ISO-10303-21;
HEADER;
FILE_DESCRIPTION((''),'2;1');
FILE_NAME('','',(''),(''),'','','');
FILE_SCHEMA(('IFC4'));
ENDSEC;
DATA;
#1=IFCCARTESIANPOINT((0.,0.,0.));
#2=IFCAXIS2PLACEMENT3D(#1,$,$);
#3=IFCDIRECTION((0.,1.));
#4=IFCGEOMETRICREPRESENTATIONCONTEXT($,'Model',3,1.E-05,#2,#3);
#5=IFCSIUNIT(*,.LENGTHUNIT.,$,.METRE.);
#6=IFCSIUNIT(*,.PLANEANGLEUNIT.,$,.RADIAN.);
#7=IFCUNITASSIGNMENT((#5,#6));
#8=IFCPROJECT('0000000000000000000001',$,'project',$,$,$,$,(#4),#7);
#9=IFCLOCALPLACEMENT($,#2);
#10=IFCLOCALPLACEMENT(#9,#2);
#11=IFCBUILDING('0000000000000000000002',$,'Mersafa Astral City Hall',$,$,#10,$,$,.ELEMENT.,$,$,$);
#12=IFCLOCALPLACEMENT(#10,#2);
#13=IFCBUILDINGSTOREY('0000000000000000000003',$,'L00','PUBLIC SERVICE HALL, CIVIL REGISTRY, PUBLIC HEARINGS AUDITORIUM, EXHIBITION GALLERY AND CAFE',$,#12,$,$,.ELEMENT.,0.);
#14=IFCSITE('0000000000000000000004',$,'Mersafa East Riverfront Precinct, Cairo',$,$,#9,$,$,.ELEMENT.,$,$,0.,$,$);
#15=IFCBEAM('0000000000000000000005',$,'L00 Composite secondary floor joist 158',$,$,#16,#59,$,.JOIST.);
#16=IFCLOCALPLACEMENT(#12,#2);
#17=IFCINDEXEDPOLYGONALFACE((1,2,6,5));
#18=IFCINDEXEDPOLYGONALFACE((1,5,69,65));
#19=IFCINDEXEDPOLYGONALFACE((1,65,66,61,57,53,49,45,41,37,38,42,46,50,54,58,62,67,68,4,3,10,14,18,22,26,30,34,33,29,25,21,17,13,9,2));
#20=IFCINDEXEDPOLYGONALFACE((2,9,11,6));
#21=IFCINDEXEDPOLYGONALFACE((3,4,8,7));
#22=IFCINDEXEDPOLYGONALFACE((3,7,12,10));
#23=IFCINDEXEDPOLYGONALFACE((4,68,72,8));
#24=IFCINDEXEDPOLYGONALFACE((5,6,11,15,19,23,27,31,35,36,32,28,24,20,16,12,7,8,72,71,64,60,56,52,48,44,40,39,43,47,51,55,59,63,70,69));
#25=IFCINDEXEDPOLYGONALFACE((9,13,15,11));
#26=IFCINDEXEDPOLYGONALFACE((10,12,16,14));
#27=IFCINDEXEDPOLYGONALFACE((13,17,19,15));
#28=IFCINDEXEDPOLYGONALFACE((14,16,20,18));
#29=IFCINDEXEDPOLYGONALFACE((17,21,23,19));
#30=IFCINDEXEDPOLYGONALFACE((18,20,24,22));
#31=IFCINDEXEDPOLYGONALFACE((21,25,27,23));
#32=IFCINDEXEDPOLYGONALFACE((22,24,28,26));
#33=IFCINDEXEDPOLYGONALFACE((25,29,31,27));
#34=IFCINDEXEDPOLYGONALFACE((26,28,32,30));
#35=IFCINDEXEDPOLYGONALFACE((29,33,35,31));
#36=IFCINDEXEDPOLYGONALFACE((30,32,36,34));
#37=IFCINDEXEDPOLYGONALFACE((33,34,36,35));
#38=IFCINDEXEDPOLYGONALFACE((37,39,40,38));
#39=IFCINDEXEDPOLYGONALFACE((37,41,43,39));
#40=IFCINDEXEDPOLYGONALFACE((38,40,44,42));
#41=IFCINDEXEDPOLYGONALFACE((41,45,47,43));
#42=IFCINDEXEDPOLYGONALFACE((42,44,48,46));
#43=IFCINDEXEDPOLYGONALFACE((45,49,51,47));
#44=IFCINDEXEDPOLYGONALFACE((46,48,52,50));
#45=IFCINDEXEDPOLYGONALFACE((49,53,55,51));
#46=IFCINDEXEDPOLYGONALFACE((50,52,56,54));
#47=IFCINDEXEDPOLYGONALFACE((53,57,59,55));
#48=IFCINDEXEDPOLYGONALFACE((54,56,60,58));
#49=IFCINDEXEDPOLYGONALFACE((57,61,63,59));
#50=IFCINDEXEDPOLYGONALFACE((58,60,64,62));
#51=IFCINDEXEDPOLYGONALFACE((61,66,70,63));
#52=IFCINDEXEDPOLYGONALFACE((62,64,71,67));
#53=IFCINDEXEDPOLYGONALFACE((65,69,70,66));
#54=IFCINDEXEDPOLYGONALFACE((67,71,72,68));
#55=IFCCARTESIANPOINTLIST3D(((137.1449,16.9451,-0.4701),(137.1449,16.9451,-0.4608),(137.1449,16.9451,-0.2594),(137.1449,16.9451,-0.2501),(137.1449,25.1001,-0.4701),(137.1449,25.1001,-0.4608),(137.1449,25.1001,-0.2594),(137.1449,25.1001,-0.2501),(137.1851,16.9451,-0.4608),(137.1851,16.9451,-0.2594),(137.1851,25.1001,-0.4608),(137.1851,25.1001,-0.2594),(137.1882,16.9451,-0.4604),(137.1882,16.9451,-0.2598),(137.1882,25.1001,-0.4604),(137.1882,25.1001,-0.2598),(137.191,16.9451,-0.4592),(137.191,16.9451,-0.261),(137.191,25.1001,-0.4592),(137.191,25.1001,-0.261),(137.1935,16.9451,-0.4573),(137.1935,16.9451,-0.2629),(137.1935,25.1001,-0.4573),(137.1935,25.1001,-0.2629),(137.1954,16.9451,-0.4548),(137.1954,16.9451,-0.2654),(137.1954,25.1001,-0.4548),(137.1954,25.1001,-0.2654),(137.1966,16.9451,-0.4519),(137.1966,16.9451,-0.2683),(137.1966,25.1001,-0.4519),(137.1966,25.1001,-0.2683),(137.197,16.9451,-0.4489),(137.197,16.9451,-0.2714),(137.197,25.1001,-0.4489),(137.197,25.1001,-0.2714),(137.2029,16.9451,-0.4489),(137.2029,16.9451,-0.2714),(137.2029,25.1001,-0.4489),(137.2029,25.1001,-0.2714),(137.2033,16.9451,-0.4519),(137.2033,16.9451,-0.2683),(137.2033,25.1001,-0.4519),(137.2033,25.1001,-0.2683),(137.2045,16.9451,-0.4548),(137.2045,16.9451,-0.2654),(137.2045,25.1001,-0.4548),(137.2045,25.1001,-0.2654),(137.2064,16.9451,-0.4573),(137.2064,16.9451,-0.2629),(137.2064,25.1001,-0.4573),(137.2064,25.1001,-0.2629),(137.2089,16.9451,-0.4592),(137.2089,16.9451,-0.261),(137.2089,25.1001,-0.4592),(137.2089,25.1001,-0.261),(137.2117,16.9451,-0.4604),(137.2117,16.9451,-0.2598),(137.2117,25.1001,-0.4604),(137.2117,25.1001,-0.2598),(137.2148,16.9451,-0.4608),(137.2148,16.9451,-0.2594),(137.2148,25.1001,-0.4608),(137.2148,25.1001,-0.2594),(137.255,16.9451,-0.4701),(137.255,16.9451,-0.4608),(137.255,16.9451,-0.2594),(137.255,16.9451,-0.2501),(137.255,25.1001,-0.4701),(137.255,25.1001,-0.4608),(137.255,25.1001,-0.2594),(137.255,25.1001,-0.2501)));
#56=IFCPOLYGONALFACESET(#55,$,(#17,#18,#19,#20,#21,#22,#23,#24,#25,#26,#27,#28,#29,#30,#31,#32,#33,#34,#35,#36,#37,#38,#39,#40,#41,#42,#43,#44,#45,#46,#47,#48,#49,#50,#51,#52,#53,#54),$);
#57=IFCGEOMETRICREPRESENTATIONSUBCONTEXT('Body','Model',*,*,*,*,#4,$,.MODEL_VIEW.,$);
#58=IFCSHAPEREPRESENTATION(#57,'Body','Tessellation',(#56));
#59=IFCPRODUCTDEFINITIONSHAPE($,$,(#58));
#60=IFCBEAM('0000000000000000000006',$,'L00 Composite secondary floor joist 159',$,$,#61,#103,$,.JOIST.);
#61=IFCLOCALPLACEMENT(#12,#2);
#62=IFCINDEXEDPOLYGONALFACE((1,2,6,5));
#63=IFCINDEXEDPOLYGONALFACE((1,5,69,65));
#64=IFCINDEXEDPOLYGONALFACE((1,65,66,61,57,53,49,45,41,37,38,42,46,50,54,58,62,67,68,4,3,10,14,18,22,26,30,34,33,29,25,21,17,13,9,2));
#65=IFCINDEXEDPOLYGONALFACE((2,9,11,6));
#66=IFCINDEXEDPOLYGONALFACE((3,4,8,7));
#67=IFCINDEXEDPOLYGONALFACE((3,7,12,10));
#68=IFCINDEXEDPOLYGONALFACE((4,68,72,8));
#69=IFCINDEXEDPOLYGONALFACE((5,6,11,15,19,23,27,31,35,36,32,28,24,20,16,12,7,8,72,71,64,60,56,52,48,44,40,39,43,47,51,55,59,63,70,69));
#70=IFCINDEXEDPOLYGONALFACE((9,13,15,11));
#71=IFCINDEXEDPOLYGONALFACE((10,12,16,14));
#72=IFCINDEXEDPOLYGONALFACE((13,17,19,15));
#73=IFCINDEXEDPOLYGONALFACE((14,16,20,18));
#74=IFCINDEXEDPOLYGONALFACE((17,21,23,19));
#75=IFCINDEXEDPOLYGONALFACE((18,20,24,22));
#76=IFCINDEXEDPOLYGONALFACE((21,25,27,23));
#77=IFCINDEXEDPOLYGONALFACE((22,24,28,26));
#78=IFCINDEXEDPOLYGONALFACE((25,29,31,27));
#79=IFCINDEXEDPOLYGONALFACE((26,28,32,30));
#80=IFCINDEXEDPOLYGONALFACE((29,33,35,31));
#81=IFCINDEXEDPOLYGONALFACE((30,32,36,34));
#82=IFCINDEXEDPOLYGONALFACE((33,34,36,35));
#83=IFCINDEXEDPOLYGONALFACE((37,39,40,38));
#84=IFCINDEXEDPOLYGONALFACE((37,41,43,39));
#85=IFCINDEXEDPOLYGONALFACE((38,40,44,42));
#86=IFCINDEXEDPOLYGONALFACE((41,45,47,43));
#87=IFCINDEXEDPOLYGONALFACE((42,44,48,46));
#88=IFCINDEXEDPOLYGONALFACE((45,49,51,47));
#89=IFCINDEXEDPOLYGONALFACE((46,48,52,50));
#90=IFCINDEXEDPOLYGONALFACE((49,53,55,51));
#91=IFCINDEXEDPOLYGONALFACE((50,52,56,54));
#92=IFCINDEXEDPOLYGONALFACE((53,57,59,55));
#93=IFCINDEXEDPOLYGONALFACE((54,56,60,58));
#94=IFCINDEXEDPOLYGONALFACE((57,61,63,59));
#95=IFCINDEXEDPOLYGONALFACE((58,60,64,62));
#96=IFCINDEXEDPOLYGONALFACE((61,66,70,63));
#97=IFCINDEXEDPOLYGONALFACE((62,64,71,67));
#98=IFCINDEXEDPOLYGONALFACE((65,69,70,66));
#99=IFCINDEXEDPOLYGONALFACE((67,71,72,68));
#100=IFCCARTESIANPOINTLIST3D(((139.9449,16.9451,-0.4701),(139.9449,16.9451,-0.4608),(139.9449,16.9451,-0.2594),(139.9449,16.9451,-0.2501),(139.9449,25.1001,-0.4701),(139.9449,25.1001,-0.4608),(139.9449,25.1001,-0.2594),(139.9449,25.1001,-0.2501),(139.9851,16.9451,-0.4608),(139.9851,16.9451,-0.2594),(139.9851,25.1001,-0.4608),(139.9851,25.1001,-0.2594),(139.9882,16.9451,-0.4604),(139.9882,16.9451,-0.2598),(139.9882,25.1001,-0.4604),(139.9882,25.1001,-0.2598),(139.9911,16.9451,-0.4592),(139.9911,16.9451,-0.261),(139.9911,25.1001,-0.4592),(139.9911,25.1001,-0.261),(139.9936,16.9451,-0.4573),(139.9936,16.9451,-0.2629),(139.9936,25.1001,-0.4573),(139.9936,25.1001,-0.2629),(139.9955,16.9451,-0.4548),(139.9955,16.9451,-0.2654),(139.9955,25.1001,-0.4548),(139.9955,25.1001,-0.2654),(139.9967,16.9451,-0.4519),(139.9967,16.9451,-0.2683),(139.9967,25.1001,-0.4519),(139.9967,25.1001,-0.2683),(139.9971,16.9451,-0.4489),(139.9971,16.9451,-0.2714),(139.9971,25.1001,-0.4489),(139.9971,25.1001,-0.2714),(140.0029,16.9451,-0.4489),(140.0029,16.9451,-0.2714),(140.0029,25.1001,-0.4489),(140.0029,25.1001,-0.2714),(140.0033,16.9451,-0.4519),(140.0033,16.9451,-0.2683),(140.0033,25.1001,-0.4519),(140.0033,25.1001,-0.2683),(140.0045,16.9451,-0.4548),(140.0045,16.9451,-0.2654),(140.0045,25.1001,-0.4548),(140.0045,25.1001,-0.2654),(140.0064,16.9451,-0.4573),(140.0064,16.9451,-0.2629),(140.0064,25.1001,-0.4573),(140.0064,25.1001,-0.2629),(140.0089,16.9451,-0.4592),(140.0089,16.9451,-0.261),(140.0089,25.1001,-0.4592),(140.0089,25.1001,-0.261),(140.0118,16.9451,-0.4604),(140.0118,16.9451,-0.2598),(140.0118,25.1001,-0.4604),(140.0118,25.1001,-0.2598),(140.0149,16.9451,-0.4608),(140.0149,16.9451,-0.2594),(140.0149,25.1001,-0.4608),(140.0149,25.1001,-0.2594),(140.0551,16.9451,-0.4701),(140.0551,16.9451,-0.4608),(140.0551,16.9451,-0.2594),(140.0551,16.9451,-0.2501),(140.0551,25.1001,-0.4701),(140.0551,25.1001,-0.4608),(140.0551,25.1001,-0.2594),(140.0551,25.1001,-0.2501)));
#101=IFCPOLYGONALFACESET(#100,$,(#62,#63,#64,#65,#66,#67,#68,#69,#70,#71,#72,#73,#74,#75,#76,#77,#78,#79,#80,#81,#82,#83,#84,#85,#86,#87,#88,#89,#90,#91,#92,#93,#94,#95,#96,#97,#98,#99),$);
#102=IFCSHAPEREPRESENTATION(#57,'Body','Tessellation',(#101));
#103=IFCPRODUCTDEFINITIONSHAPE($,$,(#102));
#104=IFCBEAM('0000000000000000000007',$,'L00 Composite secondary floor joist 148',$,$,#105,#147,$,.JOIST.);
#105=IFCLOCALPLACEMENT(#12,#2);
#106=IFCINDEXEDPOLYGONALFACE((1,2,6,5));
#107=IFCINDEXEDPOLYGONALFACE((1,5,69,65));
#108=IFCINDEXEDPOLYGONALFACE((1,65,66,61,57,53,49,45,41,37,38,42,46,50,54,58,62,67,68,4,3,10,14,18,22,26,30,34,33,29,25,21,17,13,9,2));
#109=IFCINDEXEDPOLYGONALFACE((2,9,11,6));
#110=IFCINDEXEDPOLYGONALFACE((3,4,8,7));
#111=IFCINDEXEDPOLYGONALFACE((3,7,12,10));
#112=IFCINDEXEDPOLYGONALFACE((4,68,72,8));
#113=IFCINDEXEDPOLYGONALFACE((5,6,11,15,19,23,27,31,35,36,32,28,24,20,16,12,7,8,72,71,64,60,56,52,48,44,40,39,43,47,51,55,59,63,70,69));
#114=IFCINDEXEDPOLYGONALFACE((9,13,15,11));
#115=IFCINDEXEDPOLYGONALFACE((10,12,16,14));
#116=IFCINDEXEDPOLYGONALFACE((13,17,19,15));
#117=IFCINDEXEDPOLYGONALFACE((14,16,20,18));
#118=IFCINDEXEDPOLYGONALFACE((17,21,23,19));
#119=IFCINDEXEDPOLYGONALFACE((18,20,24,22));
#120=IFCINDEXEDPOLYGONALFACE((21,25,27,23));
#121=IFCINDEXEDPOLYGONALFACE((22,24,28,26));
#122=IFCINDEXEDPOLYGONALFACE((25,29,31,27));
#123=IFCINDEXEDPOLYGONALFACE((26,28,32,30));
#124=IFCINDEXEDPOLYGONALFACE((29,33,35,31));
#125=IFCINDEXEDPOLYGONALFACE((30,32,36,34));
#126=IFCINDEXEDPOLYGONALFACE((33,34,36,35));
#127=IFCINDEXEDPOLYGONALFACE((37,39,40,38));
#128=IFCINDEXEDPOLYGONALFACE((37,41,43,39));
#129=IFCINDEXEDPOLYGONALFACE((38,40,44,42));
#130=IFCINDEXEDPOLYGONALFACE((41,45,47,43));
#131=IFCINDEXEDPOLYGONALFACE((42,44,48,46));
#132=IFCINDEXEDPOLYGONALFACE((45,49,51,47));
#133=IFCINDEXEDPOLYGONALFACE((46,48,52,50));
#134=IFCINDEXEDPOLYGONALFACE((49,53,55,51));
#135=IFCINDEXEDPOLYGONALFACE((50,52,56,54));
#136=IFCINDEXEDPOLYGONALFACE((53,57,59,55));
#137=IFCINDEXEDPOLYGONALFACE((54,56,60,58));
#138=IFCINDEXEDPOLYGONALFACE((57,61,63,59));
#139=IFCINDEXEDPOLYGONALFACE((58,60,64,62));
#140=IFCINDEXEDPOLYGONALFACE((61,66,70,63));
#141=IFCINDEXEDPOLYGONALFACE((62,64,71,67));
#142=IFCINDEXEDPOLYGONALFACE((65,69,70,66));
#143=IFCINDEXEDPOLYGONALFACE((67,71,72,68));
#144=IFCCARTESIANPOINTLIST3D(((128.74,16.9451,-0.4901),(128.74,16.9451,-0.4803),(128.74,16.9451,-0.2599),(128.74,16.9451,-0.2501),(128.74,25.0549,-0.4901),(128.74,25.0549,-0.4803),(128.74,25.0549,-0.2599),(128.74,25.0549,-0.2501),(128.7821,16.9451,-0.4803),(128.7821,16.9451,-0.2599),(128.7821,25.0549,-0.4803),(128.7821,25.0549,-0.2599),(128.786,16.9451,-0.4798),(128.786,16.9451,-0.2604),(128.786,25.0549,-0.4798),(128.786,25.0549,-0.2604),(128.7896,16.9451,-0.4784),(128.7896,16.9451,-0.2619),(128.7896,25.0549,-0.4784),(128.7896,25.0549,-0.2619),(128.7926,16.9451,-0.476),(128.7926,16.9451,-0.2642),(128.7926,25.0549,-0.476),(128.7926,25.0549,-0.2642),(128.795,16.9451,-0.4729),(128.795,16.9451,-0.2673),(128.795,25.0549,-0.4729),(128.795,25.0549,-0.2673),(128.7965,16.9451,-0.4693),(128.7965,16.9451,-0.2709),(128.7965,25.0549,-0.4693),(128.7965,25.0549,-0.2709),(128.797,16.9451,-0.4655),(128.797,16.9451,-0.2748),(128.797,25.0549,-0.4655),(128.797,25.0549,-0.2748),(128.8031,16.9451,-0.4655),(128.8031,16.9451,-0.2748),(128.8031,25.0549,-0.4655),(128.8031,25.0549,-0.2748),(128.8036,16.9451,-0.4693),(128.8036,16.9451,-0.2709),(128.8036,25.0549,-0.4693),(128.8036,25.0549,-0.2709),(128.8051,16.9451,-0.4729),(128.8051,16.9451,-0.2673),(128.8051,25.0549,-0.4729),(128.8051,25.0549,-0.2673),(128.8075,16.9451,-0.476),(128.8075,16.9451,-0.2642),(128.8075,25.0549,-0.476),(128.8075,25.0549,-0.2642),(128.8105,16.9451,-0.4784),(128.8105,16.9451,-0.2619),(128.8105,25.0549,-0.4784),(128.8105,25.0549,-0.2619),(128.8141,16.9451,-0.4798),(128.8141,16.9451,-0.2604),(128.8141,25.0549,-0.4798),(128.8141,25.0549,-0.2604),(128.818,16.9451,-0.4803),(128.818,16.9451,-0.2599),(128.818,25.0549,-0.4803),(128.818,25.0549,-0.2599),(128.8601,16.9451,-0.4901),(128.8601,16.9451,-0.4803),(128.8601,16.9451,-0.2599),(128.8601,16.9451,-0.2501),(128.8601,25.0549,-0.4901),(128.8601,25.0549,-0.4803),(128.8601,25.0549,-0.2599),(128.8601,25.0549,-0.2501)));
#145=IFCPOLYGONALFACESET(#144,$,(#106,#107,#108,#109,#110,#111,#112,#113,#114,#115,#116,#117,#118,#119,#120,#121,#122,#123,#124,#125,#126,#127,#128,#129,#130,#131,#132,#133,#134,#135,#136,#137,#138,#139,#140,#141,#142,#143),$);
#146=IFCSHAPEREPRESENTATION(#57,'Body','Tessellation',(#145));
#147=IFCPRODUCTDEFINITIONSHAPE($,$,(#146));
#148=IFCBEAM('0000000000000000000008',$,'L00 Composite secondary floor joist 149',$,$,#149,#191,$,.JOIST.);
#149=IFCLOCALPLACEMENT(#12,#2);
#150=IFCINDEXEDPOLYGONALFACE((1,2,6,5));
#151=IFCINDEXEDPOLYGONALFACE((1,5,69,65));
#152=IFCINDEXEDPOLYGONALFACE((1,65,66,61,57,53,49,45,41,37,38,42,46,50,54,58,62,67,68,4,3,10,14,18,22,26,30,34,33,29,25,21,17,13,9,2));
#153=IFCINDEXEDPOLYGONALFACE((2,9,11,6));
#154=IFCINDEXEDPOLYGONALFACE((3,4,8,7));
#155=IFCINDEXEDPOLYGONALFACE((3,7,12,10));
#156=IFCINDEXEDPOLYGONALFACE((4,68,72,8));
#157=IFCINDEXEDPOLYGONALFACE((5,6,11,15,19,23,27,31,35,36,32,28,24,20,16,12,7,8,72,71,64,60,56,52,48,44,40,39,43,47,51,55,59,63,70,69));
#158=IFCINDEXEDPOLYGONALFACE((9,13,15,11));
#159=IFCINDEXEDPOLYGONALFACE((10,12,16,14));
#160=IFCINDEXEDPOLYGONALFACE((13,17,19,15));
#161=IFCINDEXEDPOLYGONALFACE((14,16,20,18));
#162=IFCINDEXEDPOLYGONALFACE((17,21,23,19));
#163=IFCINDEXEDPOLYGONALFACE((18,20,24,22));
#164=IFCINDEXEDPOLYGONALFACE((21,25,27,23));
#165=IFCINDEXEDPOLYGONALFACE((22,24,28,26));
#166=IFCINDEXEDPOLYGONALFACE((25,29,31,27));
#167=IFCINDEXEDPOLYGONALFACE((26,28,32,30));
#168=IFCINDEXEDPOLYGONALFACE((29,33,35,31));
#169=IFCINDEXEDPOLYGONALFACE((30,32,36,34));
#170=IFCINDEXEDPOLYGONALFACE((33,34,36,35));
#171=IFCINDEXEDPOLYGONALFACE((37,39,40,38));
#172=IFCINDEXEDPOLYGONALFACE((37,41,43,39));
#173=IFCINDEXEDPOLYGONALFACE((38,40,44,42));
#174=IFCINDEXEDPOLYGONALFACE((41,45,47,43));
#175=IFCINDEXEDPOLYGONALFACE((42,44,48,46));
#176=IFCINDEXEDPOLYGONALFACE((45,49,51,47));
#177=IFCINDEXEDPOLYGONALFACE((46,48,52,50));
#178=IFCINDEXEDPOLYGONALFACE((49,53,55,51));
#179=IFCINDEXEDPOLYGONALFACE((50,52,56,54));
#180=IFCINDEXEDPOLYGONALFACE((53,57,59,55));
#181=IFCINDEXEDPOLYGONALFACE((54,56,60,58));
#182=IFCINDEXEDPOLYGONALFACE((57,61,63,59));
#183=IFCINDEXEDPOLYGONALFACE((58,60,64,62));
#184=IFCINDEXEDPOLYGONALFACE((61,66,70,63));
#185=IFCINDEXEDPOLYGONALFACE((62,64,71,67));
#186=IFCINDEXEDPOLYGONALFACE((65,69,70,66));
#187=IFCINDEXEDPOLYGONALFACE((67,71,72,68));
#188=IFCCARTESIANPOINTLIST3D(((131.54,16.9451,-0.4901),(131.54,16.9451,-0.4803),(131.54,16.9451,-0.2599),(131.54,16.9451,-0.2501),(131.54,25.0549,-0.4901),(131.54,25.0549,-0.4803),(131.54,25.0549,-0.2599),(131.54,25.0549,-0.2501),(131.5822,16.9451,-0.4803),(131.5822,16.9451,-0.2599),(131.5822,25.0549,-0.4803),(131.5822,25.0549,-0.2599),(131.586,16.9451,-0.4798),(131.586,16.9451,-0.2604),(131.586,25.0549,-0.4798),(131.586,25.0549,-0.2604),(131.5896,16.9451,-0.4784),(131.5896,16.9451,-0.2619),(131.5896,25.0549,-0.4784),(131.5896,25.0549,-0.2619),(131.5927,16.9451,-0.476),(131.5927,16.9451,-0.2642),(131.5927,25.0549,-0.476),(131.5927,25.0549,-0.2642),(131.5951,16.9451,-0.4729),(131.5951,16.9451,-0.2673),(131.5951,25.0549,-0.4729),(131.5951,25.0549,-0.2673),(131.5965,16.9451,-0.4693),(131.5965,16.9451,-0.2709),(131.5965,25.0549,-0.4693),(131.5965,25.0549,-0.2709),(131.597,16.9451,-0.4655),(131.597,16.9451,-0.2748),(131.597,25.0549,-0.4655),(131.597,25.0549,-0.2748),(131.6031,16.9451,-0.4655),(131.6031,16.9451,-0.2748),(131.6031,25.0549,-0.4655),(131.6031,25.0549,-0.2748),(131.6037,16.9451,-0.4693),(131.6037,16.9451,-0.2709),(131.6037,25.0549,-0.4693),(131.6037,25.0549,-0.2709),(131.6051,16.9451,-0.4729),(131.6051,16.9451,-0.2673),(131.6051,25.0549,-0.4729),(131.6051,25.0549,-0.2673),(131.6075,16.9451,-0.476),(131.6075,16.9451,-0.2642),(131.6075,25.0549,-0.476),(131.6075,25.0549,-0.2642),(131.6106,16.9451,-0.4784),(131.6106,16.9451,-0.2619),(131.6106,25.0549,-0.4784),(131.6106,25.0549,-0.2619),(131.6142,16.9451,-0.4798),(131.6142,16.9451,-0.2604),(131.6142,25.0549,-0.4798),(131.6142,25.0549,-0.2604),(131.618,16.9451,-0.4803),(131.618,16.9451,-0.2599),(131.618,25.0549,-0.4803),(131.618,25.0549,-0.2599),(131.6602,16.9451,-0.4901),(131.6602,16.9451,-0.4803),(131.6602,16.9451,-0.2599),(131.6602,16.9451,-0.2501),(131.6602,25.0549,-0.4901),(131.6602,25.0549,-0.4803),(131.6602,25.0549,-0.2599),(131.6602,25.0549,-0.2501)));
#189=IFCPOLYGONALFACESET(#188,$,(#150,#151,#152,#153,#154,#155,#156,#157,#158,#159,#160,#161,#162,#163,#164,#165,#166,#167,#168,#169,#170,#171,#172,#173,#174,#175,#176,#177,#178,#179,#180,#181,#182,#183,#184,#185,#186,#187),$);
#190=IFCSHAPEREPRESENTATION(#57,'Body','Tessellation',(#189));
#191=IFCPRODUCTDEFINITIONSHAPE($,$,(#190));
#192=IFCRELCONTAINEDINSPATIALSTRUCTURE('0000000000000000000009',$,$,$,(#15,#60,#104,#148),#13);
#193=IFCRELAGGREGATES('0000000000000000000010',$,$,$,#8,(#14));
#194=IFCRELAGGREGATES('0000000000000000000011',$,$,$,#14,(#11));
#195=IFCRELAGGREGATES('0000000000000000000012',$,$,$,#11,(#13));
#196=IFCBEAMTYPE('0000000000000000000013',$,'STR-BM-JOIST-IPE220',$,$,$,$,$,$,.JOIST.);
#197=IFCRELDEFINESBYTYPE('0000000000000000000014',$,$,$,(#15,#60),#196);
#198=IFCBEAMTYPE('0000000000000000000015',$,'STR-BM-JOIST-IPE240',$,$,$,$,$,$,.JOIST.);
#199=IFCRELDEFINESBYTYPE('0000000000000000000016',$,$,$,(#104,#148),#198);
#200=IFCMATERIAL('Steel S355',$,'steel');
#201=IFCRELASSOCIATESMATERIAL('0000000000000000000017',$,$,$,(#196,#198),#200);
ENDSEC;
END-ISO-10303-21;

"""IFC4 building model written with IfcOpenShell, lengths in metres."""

from ifc_helpers import new_model, si_unit, direction, frame, origin, origin_2d, place, context, subcontext, project, spatial, i_section, extrude, material, material_profile, profile_set, type_object, element, save


model = new_model("IFC4")

# Units and contexts
model_context = context("Model", 3, precision=1e-05, world=origin(), true_north=direction((0.0, 1.0)))
body_context = subcontext(model_context, "Body", "Model", "MODEL_VIEW")
ifc_project = project(units=[si_unit("LENGTHUNIT", "METRE"), si_unit("PLANEANGLEUNIT", "RADIAN")], contexts=[model_context])

# Site, building, storey
site_placement = place(None, origin())
site = spatial("IfcSite", under=ifc_project, at=site_placement, Name="Mersafa East Riverfront Precinct, Cairo", CompositionType="ELEMENT", RefElevation=0.0)
building_placement = place(site_placement, origin())
building = spatial("IfcBuilding", under=site, at=building_placement, Name="Mersafa Astral City Hall", CompositionType="ELEMENT")
storey_placement = place(building_placement, origin())
storey = spatial("IfcBuildingStorey", under=building, at=storey_placement, Name="L00", Description="PUBLIC SERVICE HALL, CIVIL REGISTRY, PUBLIC HEARINGS AUDITORIUM, EXHIBITION GALLERY AND CAFE", CompositionType="ELEMENT", Elevation=0.0)

# Shared definitions
ifc_material_1 = material(Name="Steel S355", Category="steel")

# Beams
ifc_material_profile_1 = material_profile(ifc_material_1, i_section(OverallWidth=0.1101, OverallDepth=0.22, WebThickness=0.0059, FlangeThickness=0.0093, FilletRadius=0.012, at=origin_2d()), Name="IPE 220")
ifc_profile_set_1 = profile_set([ifc_material_profile_1], Name="Steel S355")
beam_type_1 = type_object("IfcBeamType", Name="STR-BM-JOIST-IPE220", PredefinedType="JOIST", material=ifc_profile_set_1)
for number, where, z_axis, x_axis, name in (
    (1, (137.2, 16.9451, -0.3601), (0.0, 1.0, 0.0), (-1.0, 0.0, 0.0), "L00 Composite secondary floor joist 158"),
    (2, (140.0, 16.9451, -0.3601), (0.0, 1.0, 0.0), (-1.0, 0.0, 0.0), "L00 Composite secondary floor joist 159"),
):
    element("IfcBeam", number, at=place(storey_placement, frame(where, z_axis=z_axis, x_axis=x_axis)), inside=storey, type_object=beam_type_1, Name=name, PredefinedType="JOIST", context=body_context, shape_type="SweptSolid", body=[
        extrude(i_section(OverallWidth=0.1101, OverallDepth=0.22, WebThickness=0.0059, FlangeThickness=0.0093, FilletRadius=0.012, at=origin_2d()), origin(), (0.0, 0.0, 1.0), 8.155),
    ])
ifc_material_profile_2 = material_profile(ifc_material_1, i_section(OverallWidth=0.1201, OverallDepth=0.24, WebThickness=0.0061, FlangeThickness=0.0098, FilletRadius=0.0149, at=origin_2d()), Name="IPE 240")
ifc_profile_set_2 = profile_set([ifc_material_profile_2], Name="Steel S355")
beam_type_2 = type_object("IfcBeamType", Name="STR-BM-JOIST-IPE240", PredefinedType="JOIST", material=ifc_profile_set_2)
for number, where, z_axis, x_axis, name in (
    (3, (128.8, 16.9451, -0.3701), (0.0, 1.0, 0.0), (-1.0, 0.0, 0.0), "L00 Composite secondary floor joist 148"),
    (4, (131.6001, 16.9451, -0.3701), (0.0, 1.0, 0.0), (-1.0, 0.0, 0.0), "L00 Composite secondary floor joist 149"),
):
    element("IfcBeam", number, at=place(storey_placement, frame(where, z_axis=z_axis, x_axis=x_axis)), inside=storey, type_object=beam_type_2, Name=name, PredefinedType="JOIST", context=body_context, shape_type="SweptSolid", body=[
        extrude(i_section(OverallWidth=0.1201, OverallDepth=0.24, WebThickness=0.0061, FlangeThickness=0.0098, FilletRadius=0.0149, at=origin_2d()), origin(), (0.0, 0.0, 1.0), 8.1099),
    ])

save(model, "model.ifc")
